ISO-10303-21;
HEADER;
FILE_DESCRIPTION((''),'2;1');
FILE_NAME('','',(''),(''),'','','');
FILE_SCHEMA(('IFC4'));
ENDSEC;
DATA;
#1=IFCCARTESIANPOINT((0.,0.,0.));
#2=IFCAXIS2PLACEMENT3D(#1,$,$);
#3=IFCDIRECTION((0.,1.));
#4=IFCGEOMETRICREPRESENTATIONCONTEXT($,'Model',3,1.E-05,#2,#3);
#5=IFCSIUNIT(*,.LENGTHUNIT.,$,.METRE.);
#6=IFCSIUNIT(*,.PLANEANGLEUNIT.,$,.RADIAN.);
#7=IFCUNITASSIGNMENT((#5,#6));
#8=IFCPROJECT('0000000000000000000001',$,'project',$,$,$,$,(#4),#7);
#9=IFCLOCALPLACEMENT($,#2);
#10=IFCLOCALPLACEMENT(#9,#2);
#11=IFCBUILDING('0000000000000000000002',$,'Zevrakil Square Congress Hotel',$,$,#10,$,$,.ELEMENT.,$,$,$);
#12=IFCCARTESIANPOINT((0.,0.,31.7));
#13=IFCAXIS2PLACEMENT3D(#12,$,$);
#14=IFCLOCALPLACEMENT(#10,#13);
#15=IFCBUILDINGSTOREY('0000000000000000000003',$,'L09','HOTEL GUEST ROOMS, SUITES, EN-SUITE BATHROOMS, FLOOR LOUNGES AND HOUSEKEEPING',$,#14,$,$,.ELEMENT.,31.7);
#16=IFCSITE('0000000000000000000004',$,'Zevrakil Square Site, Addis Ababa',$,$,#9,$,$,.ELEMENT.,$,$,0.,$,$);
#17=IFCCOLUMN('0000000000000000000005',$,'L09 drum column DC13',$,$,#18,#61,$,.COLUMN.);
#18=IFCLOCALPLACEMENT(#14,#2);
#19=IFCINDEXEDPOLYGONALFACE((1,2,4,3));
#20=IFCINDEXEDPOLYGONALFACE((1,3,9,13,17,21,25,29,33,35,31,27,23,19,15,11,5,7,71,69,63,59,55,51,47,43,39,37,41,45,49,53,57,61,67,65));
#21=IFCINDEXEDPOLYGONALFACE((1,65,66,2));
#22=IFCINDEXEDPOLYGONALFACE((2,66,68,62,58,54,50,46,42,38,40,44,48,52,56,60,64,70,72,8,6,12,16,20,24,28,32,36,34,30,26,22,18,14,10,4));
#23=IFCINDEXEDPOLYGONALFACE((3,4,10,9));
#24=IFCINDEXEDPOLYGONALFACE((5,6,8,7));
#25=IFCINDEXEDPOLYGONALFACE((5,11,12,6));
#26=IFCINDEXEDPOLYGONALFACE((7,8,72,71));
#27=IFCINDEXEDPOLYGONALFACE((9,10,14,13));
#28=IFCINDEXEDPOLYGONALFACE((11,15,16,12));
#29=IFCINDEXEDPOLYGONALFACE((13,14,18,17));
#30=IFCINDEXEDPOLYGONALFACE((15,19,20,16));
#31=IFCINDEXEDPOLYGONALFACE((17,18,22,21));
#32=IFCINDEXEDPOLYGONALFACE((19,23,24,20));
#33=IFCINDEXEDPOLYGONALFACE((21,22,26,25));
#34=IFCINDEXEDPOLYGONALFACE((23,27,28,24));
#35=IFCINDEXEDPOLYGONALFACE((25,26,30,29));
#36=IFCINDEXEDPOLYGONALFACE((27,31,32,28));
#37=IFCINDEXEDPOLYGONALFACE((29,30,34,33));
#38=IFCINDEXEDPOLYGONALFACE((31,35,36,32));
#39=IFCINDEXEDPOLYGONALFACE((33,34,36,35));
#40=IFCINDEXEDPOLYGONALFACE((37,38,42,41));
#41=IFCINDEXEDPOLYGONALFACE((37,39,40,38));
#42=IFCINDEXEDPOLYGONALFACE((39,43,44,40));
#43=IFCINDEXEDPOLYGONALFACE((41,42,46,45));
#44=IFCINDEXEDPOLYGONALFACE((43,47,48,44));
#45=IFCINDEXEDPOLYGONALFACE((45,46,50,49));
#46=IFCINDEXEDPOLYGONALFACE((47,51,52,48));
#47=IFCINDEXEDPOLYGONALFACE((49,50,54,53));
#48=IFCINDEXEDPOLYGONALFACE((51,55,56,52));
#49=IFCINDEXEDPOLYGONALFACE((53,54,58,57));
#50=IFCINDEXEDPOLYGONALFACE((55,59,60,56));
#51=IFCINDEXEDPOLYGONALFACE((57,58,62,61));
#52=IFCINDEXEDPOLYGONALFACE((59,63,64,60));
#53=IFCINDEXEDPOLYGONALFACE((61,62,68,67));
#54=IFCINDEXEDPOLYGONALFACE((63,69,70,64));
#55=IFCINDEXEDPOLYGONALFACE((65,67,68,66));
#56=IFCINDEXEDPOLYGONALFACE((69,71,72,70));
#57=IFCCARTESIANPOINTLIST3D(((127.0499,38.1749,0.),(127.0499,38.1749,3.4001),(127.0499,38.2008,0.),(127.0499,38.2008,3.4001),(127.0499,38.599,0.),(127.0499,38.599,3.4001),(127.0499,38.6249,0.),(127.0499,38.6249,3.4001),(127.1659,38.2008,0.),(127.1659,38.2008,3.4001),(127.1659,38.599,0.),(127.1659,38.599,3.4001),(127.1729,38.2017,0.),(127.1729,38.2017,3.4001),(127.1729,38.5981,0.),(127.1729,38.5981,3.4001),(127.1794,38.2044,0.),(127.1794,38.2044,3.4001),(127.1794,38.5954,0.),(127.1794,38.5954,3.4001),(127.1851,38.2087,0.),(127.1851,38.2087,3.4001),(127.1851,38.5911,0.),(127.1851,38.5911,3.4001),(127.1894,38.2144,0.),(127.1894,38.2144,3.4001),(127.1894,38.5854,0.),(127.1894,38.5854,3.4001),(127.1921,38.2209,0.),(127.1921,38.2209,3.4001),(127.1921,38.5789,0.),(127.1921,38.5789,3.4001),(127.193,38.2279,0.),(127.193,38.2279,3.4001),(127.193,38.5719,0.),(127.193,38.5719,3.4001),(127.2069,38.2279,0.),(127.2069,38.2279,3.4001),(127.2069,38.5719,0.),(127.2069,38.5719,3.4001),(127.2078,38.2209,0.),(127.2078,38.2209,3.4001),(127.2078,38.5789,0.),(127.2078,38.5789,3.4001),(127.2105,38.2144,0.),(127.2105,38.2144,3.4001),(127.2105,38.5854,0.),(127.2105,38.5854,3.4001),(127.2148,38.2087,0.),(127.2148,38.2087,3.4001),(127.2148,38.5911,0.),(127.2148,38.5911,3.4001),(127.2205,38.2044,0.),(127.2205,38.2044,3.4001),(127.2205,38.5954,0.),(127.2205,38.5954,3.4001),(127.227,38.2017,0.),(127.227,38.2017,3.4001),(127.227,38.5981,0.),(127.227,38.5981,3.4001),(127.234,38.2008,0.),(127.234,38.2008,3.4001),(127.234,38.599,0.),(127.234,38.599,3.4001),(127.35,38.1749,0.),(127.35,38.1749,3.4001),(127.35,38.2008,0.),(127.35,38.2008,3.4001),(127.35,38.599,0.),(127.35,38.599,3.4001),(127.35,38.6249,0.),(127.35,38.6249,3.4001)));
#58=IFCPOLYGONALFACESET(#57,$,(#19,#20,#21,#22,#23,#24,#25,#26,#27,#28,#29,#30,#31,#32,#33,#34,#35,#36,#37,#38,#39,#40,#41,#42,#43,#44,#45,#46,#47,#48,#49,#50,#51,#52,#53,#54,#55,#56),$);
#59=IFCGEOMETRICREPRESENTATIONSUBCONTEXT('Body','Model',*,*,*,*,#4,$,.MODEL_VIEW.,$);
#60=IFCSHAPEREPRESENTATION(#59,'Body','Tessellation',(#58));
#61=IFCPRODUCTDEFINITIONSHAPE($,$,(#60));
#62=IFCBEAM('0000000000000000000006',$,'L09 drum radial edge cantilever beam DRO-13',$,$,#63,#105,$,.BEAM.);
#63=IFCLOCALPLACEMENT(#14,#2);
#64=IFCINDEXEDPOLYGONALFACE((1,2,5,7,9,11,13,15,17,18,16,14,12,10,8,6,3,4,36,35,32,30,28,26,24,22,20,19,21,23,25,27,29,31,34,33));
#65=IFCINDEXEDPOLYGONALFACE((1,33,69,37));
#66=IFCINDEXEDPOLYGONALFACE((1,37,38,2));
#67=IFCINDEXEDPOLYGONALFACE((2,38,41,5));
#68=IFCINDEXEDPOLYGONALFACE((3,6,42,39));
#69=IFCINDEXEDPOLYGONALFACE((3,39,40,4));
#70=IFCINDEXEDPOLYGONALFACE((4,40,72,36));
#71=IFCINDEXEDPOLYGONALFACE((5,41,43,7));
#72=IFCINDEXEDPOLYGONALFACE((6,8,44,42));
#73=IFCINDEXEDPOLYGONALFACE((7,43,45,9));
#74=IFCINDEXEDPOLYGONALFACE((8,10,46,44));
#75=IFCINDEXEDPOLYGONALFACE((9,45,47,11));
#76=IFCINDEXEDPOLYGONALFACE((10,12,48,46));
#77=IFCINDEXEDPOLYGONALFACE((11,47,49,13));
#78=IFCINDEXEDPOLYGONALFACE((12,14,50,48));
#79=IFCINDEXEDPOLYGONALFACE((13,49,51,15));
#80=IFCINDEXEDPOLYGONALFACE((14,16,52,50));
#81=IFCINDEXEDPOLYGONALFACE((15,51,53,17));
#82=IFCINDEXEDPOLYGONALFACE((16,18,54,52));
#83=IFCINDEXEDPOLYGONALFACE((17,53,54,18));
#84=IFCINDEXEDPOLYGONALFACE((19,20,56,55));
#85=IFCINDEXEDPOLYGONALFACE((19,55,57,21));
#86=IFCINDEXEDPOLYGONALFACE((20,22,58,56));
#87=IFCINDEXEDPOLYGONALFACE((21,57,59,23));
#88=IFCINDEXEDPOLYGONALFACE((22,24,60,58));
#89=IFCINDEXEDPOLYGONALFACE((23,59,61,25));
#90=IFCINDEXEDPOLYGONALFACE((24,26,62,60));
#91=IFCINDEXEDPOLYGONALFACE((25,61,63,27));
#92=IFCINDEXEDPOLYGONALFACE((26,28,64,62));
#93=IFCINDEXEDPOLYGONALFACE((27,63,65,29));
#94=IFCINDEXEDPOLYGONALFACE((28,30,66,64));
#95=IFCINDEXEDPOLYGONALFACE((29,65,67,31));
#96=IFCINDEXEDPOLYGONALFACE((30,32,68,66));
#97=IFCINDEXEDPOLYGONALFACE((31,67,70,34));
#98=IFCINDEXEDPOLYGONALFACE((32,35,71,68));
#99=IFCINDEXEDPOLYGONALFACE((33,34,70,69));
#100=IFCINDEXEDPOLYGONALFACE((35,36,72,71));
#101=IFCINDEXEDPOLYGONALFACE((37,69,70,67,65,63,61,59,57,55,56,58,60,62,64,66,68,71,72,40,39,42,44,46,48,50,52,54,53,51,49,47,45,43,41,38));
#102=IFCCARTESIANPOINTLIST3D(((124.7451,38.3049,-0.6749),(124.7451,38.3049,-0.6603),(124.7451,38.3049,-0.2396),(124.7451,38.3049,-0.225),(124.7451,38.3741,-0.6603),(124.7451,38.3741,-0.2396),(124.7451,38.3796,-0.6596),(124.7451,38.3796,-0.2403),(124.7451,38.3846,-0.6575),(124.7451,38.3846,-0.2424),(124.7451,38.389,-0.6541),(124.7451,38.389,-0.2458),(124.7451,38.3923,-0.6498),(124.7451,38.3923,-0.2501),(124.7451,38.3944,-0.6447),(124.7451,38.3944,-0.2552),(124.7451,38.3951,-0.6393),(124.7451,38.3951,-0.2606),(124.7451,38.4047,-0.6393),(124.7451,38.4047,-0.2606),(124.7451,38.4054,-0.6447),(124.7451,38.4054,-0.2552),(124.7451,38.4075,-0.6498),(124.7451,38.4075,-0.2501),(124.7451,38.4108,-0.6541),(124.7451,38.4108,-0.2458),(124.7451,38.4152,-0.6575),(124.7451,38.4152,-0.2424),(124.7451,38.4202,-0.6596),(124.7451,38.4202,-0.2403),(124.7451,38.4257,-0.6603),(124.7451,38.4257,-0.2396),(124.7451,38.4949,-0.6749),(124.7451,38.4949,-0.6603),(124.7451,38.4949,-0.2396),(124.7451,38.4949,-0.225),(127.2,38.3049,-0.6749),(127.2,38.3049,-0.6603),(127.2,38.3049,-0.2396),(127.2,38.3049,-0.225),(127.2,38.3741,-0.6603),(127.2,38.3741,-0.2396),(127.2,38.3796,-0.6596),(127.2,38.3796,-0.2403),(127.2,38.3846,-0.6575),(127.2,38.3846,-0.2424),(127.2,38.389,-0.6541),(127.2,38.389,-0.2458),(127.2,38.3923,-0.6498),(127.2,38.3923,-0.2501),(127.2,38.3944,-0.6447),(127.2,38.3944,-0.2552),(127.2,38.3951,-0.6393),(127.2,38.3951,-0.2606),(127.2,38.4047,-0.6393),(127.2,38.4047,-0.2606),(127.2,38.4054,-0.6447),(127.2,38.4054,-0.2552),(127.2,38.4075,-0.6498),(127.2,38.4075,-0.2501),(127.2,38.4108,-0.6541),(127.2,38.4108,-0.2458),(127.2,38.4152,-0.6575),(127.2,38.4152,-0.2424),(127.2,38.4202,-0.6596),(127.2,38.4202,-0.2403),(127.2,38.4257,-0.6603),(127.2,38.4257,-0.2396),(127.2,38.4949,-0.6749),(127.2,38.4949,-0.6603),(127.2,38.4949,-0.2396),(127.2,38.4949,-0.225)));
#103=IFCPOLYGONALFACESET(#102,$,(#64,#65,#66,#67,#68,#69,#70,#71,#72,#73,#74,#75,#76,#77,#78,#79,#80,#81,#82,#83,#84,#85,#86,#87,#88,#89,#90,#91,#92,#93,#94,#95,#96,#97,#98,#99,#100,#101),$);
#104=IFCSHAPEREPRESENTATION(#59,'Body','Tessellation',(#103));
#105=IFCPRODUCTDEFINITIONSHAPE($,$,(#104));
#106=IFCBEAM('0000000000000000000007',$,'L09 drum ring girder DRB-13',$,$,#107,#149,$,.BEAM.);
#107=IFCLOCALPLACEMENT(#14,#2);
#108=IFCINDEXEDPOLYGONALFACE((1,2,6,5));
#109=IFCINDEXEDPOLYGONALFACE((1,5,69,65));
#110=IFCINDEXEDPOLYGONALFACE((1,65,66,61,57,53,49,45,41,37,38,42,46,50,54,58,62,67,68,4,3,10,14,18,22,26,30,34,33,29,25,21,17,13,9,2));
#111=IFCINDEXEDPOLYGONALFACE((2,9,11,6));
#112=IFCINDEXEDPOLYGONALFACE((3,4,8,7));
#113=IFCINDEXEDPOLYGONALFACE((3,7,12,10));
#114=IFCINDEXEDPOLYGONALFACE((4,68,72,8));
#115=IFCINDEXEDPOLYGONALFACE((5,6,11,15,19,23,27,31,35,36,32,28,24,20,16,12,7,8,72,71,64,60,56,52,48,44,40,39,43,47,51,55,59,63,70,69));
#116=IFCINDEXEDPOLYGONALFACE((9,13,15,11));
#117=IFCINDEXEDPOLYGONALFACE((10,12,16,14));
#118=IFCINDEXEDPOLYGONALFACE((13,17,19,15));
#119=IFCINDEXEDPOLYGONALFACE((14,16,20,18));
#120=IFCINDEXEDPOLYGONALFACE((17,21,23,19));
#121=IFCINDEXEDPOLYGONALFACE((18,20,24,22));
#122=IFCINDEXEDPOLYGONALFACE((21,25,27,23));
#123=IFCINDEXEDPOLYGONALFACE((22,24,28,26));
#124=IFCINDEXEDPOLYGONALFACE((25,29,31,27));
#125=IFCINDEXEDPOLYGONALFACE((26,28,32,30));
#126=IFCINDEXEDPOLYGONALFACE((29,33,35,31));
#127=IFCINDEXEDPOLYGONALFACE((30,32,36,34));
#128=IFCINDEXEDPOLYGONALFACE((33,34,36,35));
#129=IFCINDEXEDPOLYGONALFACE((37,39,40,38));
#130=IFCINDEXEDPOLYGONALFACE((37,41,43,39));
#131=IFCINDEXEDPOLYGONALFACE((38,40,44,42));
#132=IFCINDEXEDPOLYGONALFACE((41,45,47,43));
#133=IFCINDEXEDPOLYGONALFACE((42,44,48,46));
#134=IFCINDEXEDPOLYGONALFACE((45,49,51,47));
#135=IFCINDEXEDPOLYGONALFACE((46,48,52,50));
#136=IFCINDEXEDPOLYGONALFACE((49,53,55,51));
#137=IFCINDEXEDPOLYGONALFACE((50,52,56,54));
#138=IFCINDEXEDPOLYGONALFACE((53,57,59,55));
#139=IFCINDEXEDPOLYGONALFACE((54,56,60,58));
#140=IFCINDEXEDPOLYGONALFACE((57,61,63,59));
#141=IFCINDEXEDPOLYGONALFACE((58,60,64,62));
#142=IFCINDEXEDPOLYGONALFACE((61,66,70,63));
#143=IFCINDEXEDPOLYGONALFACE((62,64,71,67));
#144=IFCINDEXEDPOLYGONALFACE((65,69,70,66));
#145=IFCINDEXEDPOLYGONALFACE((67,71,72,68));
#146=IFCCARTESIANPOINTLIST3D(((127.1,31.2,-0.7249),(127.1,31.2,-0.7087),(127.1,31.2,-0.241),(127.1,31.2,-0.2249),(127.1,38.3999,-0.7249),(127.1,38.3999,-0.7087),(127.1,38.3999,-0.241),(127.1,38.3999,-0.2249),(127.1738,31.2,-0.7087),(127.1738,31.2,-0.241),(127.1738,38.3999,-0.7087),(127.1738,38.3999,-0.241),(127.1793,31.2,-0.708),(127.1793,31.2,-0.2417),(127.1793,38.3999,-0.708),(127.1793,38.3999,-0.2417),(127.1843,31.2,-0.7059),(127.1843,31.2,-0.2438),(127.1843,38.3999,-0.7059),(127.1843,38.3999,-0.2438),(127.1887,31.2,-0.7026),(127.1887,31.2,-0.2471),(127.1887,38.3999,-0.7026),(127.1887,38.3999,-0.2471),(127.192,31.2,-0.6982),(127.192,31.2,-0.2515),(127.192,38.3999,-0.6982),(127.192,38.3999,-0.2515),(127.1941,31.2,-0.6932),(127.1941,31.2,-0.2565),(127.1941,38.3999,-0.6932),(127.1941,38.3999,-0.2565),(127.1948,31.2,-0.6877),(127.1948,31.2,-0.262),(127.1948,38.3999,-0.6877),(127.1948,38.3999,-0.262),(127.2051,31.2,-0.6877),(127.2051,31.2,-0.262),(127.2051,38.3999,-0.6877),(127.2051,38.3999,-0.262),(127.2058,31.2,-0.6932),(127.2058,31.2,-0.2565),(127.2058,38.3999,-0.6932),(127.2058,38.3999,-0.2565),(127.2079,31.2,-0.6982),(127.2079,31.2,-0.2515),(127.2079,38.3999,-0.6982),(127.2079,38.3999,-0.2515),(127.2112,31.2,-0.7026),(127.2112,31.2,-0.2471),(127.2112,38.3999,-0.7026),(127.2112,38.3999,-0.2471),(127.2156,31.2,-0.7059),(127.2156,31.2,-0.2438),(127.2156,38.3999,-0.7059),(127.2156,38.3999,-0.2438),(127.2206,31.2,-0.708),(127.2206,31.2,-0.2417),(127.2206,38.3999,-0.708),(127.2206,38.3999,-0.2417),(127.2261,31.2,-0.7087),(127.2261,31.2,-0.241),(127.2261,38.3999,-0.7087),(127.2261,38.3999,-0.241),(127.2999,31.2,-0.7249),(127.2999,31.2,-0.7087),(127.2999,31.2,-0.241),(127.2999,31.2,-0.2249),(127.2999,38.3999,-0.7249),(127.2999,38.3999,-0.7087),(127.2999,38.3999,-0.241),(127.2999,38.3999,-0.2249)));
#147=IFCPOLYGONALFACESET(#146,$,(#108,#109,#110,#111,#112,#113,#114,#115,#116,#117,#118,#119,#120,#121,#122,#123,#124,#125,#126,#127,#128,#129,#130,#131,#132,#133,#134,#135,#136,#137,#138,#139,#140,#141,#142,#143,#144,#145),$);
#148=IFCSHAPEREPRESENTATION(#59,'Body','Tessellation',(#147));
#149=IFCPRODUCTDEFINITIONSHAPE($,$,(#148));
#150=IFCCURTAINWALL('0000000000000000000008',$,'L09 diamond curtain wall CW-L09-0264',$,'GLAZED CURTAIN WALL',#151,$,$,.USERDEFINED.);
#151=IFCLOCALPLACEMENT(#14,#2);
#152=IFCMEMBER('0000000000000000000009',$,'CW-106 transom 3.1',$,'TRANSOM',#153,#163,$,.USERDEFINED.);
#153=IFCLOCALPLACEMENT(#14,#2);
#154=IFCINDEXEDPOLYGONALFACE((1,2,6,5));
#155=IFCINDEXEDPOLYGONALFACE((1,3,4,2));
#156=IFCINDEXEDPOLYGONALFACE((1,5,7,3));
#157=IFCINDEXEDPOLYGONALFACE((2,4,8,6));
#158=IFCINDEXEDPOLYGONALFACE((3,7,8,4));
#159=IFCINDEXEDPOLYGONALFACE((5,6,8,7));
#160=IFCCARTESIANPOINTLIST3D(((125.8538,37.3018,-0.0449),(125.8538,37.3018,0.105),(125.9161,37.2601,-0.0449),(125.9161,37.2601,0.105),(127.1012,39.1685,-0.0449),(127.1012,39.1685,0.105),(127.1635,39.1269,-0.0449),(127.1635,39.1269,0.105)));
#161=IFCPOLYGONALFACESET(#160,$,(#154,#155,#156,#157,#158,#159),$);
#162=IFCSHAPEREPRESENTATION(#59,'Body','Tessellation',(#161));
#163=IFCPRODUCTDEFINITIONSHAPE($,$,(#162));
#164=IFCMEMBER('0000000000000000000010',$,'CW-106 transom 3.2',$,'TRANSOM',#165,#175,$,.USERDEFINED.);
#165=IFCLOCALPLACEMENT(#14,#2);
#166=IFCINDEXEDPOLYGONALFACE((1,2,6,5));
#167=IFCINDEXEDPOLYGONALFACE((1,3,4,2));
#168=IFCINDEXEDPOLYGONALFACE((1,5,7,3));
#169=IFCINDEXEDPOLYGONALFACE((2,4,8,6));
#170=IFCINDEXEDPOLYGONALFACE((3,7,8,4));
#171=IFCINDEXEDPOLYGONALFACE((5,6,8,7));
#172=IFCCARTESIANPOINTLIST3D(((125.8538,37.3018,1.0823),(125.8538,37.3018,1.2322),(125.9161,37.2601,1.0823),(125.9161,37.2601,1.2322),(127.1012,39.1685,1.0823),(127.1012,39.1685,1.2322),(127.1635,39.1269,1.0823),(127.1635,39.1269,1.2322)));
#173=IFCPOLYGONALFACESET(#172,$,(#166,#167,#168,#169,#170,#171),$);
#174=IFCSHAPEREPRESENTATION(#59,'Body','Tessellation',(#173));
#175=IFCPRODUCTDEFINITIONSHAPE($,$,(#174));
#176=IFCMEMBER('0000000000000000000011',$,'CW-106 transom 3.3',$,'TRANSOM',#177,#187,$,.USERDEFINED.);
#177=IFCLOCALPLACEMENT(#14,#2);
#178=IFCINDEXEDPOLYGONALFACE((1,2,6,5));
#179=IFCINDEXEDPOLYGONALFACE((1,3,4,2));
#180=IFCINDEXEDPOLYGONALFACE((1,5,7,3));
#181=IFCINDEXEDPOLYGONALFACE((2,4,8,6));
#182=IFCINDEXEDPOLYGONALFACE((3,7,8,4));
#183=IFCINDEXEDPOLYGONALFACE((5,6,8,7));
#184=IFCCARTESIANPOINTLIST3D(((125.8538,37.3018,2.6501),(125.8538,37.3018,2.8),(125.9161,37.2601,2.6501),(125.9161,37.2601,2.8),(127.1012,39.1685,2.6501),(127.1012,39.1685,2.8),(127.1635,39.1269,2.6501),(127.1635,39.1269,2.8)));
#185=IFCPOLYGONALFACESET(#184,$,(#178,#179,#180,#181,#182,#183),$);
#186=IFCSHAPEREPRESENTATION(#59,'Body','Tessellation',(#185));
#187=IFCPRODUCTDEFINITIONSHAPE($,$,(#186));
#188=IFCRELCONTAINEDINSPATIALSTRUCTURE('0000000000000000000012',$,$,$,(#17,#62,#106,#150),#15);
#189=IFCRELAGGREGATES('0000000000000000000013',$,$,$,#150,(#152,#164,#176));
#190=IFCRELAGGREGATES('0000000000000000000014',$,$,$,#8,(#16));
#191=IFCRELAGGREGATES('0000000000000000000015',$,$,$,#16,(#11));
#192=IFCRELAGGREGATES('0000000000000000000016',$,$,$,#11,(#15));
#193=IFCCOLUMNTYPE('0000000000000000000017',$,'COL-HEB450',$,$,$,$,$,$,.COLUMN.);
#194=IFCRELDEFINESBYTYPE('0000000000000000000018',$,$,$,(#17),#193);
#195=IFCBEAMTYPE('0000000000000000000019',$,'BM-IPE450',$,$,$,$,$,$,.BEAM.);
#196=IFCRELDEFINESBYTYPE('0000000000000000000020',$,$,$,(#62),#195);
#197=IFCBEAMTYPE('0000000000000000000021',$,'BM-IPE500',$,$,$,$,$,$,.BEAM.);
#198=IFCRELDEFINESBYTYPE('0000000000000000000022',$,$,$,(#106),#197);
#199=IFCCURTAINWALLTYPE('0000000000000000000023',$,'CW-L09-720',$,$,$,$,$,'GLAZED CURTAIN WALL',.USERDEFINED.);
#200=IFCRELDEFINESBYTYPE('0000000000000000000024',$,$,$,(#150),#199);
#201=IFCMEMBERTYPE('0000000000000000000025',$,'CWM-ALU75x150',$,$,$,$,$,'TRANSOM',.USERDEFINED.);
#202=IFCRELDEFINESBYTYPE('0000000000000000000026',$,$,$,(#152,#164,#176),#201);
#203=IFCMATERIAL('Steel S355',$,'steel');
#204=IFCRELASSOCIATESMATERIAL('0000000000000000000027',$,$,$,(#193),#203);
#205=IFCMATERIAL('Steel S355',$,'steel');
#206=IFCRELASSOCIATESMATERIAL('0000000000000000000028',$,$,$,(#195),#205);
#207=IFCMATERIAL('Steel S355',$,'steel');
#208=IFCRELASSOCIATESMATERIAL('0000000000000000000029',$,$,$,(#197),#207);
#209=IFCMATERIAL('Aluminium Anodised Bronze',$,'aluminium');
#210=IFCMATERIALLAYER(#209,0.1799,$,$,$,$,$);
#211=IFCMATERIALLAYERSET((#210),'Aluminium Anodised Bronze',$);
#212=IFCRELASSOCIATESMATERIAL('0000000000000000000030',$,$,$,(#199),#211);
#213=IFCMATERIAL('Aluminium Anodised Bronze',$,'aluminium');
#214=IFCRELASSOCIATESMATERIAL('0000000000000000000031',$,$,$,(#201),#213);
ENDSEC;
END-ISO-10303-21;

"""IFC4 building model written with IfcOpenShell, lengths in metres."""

from ifc_helpers import new_model, si_unit, direction, frame, origin, origin_2d, place, context, subcontext, project, spatial, rectangle, i_section, extrude, material, layer, layer_set, material_profile, profile_set, type_object, element, aggregate, save


model = new_model("IFC4")

# Units and contexts
model_context = context("Model", 3, precision=1e-05, world=origin(), true_north=direction((0.0, 1.0)))
body_context = subcontext(model_context, "Body", "Model", "MODEL_VIEW")
ifc_project = project(units=[si_unit("LENGTHUNIT", "METRE"), si_unit("PLANEANGLEUNIT", "RADIAN")], contexts=[model_context])

# Site, building, storey
site_placement = place(None, origin())
site = spatial("IfcSite", under=ifc_project, at=site_placement, Name="Zevrakil Square Site, Addis Ababa", CompositionType="ELEMENT", RefElevation=0.0)
building_placement = place(site_placement, origin())
building = spatial("IfcBuilding", under=site, at=building_placement, Name="Zevrakil Square Congress Hotel", CompositionType="ELEMENT")
storey_placement = place(building_placement, frame((0.0, 0.0, 31.7)))
storey = spatial("IfcBuildingStorey", under=building, at=storey_placement, Name="L09", Description="HOTEL GUEST ROOMS, SUITES, EN-SUITE BATHROOMS, FLOOR LOUNGES AND HOUSEKEEPING", CompositionType="ELEMENT", Elevation=31.7)

# Column
ifc_material_1 = material(Name="Steel S355", Category="steel")
ifc_material_profile_1 = material_profile(ifc_material_1, i_section(OverallWidth=0.3, OverallDepth=0.45, WebThickness=0.0139, FlangeThickness=0.0259, FilletRadius=0.0271, at=origin_2d()), Name="HEB 450")
ifc_profile_set_1 = profile_set([ifc_material_profile_1], Name="Steel S355")
column_type = type_object("IfcColumnType", Name="COL-HEB450", PredefinedType="COLUMN", material=ifc_profile_set_1)
column_placement = place(storey_placement, frame((127.2, 38.3999, 0.0), z_axis=(0.0, 0.0, 1.0), x_axis=(1.0, 0.0, 0.0)))
element("IfcColumn", 1, at=column_placement, inside=storey, type_object=column_type, Name="L09 drum column DC13", PredefinedType="COLUMN", context=body_context, shape_type="SweptSolid", body=[
    extrude(i_section(OverallWidth=0.3, OverallDepth=0.45, WebThickness=0.0139, FlangeThickness=0.0259, FilletRadius=0.0271, at=origin_2d()), origin(), (0.0, 0.0, 1.0), 3.4001),
])

# Beams
ifc_material_2 = material(Name="Steel S355", Category="steel")
ifc_material_profile_2 = material_profile(ifc_material_2, i_section(OverallWidth=0.1899, OverallDepth=0.45, WebThickness=0.0095, FlangeThickness=0.0146, FilletRadius=0.021, at=origin_2d()), Name="IPE 450")
ifc_profile_set_2 = profile_set([ifc_material_profile_2], Name="Steel S355")
beam_type_1 = type_object("IfcBeamType", Name="BM-IPE450", PredefinedType="BEAM", material=ifc_profile_set_2)
beam_1_placement = place(storey_placement, frame((127.2, 38.3999, -0.45), z_axis=(-1.0, 0.0, 0.0), x_axis=(0.0, -1.0, 0.0)))
element("IfcBeam", 2, at=beam_1_placement, inside=storey, type_object=beam_type_1, Name="L09 drum radial edge cantilever beam DRO-13", PredefinedType="BEAM", context=body_context, shape_type="SweptSolid", body=[
    extrude(i_section(OverallWidth=0.1899, OverallDepth=0.45, WebThickness=0.0095, FlangeThickness=0.0146, FilletRadius=0.021, at=origin_2d()), origin(), (0.0, 0.0, 1.0), 2.4548),
])
ifc_material_3 = material(Name="Steel S355", Category="steel")
ifc_material_profile_3 = material_profile(ifc_material_3, i_section(OverallWidth=0.2, OverallDepth=0.5, WebThickness=0.0103, FlangeThickness=0.0161, FilletRadius=0.021, at=origin_2d()), Name="IPE 500")
ifc_profile_set_3 = profile_set([ifc_material_profile_3], Name="Steel S355")
beam_type_2 = type_object("IfcBeamType", Name="BM-IPE500", PredefinedType="BEAM", material=ifc_profile_set_3)
beam_2_placement = place(storey_placement, frame((127.2, 38.3999, -0.4749), z_axis=(0.0, -1.0, 0.0), x_axis=(1.0, 0.0, 0.0)))
element("IfcBeam", 3, at=beam_2_placement, inside=storey, type_object=beam_type_2, Name="L09 drum ring girder DRB-13", PredefinedType="BEAM", context=body_context, shape_type="SweptSolid", body=[
    extrude(i_section(OverallWidth=0.2, OverallDepth=0.5, WebThickness=0.0103, FlangeThickness=0.0161, FilletRadius=0.021, at=origin_2d()), origin(), (0.0, 0.0, 1.0), 7.2),
])

# Curtain wall, members
ifc_material_4 = material(Name="Aluminium Anodised Bronze", Category="aluminium")
ifc_layer_1 = layer(ifc_material_4, 0.1799)
ifc_layer_set_1 = layer_set([ifc_layer_1], Name="Aluminium Anodised Bronze")
curtain_wall_type = type_object("IfcCurtainWallType", Name="CW-L09-720", ElementType="GLAZED CURTAIN WALL", PredefinedType="USERDEFINED", material=ifc_layer_set_1)
curtain_wall_1_placement = place(storey_placement, origin())
curtain_wall_1 = element("IfcCurtainWall", 4, at=curtain_wall_1_placement, inside=storey, type_object=curtain_wall_type, Name="L09 diamond curtain wall CW-L09-0264", ObjectType="GLAZED CURTAIN WALL", PredefinedType="USERDEFINED")
ifc_material_5 = material(Name="Aluminium Anodised Bronze", Category="aluminium")
ifc_material_profile_4 = material_profile(ifc_material_5, rectangle(XDim=0.075, YDim=0.1499, at=origin_2d()), Name="ALU 75x150")
ifc_profile_set_4 = profile_set([ifc_material_profile_4], Name="Aluminium Anodised Bronze")
member_type_1 = type_object("IfcMemberType", Name="CWM-ALU75x150", ElementType="TRANSOM", PredefinedType="USERDEFINED", material=ifc_profile_set_4)
member_1_placement = place(storey_placement, frame((127.1323, 39.1477, 0.03), z_axis=(-0.555578, -0.831464, 0.0), x_axis=(0.831464, -0.555578, 0.0)))
member_1 = element("IfcMember", 5, at=member_1_placement, type_object=member_type_1, Name="CW-106 transom 3.1", ObjectType="TRANSOM", PredefinedType="USERDEFINED", context=body_context, shape_type="SweptSolid", body=[
    extrude(rectangle(XDim=0.075, YDim=0.1499, at=origin_2d()), origin(), (0.0, 0.0, 1.0), 2.2451),
])
member_2_placement = place(storey_placement, frame((127.1323, 39.1477, 1.1572), z_axis=(-0.555578, -0.831464, 0.0), x_axis=(0.831464, -0.555578, 0.0)))
member_2 = element("IfcMember", 6, at=member_2_placement, type_object=member_type_1, Name="CW-106 transom 3.2", ObjectType="TRANSOM", PredefinedType="USERDEFINED", context=body_context, shape_type="SweptSolid", body=[
    extrude(rectangle(XDim=0.075, YDim=0.1499, at=origin_2d()), origin(), (0.0, 0.0, 1.0), 2.2451),
])
member_3_placement = place(storey_placement, frame((127.1323, 39.1477, 2.7251), z_axis=(-0.555578, -0.831464, 0.0), x_axis=(0.831464, -0.555578, 0.0)))
member_3 = element("IfcMember", 7, at=member_3_placement, type_object=member_type_1, Name="CW-106 transom 3.3", ObjectType="TRANSOM", PredefinedType="USERDEFINED", context=body_context, shape_type="SweptSolid", body=[
    extrude(rectangle(XDim=0.075, YDim=0.1499, at=origin_2d()), origin(), (0.0, 0.0, 1.0), 2.2451),
])

aggregate(curtain_wall_1, [member_1, member_2, member_3])

save(model, "model.ifc")
